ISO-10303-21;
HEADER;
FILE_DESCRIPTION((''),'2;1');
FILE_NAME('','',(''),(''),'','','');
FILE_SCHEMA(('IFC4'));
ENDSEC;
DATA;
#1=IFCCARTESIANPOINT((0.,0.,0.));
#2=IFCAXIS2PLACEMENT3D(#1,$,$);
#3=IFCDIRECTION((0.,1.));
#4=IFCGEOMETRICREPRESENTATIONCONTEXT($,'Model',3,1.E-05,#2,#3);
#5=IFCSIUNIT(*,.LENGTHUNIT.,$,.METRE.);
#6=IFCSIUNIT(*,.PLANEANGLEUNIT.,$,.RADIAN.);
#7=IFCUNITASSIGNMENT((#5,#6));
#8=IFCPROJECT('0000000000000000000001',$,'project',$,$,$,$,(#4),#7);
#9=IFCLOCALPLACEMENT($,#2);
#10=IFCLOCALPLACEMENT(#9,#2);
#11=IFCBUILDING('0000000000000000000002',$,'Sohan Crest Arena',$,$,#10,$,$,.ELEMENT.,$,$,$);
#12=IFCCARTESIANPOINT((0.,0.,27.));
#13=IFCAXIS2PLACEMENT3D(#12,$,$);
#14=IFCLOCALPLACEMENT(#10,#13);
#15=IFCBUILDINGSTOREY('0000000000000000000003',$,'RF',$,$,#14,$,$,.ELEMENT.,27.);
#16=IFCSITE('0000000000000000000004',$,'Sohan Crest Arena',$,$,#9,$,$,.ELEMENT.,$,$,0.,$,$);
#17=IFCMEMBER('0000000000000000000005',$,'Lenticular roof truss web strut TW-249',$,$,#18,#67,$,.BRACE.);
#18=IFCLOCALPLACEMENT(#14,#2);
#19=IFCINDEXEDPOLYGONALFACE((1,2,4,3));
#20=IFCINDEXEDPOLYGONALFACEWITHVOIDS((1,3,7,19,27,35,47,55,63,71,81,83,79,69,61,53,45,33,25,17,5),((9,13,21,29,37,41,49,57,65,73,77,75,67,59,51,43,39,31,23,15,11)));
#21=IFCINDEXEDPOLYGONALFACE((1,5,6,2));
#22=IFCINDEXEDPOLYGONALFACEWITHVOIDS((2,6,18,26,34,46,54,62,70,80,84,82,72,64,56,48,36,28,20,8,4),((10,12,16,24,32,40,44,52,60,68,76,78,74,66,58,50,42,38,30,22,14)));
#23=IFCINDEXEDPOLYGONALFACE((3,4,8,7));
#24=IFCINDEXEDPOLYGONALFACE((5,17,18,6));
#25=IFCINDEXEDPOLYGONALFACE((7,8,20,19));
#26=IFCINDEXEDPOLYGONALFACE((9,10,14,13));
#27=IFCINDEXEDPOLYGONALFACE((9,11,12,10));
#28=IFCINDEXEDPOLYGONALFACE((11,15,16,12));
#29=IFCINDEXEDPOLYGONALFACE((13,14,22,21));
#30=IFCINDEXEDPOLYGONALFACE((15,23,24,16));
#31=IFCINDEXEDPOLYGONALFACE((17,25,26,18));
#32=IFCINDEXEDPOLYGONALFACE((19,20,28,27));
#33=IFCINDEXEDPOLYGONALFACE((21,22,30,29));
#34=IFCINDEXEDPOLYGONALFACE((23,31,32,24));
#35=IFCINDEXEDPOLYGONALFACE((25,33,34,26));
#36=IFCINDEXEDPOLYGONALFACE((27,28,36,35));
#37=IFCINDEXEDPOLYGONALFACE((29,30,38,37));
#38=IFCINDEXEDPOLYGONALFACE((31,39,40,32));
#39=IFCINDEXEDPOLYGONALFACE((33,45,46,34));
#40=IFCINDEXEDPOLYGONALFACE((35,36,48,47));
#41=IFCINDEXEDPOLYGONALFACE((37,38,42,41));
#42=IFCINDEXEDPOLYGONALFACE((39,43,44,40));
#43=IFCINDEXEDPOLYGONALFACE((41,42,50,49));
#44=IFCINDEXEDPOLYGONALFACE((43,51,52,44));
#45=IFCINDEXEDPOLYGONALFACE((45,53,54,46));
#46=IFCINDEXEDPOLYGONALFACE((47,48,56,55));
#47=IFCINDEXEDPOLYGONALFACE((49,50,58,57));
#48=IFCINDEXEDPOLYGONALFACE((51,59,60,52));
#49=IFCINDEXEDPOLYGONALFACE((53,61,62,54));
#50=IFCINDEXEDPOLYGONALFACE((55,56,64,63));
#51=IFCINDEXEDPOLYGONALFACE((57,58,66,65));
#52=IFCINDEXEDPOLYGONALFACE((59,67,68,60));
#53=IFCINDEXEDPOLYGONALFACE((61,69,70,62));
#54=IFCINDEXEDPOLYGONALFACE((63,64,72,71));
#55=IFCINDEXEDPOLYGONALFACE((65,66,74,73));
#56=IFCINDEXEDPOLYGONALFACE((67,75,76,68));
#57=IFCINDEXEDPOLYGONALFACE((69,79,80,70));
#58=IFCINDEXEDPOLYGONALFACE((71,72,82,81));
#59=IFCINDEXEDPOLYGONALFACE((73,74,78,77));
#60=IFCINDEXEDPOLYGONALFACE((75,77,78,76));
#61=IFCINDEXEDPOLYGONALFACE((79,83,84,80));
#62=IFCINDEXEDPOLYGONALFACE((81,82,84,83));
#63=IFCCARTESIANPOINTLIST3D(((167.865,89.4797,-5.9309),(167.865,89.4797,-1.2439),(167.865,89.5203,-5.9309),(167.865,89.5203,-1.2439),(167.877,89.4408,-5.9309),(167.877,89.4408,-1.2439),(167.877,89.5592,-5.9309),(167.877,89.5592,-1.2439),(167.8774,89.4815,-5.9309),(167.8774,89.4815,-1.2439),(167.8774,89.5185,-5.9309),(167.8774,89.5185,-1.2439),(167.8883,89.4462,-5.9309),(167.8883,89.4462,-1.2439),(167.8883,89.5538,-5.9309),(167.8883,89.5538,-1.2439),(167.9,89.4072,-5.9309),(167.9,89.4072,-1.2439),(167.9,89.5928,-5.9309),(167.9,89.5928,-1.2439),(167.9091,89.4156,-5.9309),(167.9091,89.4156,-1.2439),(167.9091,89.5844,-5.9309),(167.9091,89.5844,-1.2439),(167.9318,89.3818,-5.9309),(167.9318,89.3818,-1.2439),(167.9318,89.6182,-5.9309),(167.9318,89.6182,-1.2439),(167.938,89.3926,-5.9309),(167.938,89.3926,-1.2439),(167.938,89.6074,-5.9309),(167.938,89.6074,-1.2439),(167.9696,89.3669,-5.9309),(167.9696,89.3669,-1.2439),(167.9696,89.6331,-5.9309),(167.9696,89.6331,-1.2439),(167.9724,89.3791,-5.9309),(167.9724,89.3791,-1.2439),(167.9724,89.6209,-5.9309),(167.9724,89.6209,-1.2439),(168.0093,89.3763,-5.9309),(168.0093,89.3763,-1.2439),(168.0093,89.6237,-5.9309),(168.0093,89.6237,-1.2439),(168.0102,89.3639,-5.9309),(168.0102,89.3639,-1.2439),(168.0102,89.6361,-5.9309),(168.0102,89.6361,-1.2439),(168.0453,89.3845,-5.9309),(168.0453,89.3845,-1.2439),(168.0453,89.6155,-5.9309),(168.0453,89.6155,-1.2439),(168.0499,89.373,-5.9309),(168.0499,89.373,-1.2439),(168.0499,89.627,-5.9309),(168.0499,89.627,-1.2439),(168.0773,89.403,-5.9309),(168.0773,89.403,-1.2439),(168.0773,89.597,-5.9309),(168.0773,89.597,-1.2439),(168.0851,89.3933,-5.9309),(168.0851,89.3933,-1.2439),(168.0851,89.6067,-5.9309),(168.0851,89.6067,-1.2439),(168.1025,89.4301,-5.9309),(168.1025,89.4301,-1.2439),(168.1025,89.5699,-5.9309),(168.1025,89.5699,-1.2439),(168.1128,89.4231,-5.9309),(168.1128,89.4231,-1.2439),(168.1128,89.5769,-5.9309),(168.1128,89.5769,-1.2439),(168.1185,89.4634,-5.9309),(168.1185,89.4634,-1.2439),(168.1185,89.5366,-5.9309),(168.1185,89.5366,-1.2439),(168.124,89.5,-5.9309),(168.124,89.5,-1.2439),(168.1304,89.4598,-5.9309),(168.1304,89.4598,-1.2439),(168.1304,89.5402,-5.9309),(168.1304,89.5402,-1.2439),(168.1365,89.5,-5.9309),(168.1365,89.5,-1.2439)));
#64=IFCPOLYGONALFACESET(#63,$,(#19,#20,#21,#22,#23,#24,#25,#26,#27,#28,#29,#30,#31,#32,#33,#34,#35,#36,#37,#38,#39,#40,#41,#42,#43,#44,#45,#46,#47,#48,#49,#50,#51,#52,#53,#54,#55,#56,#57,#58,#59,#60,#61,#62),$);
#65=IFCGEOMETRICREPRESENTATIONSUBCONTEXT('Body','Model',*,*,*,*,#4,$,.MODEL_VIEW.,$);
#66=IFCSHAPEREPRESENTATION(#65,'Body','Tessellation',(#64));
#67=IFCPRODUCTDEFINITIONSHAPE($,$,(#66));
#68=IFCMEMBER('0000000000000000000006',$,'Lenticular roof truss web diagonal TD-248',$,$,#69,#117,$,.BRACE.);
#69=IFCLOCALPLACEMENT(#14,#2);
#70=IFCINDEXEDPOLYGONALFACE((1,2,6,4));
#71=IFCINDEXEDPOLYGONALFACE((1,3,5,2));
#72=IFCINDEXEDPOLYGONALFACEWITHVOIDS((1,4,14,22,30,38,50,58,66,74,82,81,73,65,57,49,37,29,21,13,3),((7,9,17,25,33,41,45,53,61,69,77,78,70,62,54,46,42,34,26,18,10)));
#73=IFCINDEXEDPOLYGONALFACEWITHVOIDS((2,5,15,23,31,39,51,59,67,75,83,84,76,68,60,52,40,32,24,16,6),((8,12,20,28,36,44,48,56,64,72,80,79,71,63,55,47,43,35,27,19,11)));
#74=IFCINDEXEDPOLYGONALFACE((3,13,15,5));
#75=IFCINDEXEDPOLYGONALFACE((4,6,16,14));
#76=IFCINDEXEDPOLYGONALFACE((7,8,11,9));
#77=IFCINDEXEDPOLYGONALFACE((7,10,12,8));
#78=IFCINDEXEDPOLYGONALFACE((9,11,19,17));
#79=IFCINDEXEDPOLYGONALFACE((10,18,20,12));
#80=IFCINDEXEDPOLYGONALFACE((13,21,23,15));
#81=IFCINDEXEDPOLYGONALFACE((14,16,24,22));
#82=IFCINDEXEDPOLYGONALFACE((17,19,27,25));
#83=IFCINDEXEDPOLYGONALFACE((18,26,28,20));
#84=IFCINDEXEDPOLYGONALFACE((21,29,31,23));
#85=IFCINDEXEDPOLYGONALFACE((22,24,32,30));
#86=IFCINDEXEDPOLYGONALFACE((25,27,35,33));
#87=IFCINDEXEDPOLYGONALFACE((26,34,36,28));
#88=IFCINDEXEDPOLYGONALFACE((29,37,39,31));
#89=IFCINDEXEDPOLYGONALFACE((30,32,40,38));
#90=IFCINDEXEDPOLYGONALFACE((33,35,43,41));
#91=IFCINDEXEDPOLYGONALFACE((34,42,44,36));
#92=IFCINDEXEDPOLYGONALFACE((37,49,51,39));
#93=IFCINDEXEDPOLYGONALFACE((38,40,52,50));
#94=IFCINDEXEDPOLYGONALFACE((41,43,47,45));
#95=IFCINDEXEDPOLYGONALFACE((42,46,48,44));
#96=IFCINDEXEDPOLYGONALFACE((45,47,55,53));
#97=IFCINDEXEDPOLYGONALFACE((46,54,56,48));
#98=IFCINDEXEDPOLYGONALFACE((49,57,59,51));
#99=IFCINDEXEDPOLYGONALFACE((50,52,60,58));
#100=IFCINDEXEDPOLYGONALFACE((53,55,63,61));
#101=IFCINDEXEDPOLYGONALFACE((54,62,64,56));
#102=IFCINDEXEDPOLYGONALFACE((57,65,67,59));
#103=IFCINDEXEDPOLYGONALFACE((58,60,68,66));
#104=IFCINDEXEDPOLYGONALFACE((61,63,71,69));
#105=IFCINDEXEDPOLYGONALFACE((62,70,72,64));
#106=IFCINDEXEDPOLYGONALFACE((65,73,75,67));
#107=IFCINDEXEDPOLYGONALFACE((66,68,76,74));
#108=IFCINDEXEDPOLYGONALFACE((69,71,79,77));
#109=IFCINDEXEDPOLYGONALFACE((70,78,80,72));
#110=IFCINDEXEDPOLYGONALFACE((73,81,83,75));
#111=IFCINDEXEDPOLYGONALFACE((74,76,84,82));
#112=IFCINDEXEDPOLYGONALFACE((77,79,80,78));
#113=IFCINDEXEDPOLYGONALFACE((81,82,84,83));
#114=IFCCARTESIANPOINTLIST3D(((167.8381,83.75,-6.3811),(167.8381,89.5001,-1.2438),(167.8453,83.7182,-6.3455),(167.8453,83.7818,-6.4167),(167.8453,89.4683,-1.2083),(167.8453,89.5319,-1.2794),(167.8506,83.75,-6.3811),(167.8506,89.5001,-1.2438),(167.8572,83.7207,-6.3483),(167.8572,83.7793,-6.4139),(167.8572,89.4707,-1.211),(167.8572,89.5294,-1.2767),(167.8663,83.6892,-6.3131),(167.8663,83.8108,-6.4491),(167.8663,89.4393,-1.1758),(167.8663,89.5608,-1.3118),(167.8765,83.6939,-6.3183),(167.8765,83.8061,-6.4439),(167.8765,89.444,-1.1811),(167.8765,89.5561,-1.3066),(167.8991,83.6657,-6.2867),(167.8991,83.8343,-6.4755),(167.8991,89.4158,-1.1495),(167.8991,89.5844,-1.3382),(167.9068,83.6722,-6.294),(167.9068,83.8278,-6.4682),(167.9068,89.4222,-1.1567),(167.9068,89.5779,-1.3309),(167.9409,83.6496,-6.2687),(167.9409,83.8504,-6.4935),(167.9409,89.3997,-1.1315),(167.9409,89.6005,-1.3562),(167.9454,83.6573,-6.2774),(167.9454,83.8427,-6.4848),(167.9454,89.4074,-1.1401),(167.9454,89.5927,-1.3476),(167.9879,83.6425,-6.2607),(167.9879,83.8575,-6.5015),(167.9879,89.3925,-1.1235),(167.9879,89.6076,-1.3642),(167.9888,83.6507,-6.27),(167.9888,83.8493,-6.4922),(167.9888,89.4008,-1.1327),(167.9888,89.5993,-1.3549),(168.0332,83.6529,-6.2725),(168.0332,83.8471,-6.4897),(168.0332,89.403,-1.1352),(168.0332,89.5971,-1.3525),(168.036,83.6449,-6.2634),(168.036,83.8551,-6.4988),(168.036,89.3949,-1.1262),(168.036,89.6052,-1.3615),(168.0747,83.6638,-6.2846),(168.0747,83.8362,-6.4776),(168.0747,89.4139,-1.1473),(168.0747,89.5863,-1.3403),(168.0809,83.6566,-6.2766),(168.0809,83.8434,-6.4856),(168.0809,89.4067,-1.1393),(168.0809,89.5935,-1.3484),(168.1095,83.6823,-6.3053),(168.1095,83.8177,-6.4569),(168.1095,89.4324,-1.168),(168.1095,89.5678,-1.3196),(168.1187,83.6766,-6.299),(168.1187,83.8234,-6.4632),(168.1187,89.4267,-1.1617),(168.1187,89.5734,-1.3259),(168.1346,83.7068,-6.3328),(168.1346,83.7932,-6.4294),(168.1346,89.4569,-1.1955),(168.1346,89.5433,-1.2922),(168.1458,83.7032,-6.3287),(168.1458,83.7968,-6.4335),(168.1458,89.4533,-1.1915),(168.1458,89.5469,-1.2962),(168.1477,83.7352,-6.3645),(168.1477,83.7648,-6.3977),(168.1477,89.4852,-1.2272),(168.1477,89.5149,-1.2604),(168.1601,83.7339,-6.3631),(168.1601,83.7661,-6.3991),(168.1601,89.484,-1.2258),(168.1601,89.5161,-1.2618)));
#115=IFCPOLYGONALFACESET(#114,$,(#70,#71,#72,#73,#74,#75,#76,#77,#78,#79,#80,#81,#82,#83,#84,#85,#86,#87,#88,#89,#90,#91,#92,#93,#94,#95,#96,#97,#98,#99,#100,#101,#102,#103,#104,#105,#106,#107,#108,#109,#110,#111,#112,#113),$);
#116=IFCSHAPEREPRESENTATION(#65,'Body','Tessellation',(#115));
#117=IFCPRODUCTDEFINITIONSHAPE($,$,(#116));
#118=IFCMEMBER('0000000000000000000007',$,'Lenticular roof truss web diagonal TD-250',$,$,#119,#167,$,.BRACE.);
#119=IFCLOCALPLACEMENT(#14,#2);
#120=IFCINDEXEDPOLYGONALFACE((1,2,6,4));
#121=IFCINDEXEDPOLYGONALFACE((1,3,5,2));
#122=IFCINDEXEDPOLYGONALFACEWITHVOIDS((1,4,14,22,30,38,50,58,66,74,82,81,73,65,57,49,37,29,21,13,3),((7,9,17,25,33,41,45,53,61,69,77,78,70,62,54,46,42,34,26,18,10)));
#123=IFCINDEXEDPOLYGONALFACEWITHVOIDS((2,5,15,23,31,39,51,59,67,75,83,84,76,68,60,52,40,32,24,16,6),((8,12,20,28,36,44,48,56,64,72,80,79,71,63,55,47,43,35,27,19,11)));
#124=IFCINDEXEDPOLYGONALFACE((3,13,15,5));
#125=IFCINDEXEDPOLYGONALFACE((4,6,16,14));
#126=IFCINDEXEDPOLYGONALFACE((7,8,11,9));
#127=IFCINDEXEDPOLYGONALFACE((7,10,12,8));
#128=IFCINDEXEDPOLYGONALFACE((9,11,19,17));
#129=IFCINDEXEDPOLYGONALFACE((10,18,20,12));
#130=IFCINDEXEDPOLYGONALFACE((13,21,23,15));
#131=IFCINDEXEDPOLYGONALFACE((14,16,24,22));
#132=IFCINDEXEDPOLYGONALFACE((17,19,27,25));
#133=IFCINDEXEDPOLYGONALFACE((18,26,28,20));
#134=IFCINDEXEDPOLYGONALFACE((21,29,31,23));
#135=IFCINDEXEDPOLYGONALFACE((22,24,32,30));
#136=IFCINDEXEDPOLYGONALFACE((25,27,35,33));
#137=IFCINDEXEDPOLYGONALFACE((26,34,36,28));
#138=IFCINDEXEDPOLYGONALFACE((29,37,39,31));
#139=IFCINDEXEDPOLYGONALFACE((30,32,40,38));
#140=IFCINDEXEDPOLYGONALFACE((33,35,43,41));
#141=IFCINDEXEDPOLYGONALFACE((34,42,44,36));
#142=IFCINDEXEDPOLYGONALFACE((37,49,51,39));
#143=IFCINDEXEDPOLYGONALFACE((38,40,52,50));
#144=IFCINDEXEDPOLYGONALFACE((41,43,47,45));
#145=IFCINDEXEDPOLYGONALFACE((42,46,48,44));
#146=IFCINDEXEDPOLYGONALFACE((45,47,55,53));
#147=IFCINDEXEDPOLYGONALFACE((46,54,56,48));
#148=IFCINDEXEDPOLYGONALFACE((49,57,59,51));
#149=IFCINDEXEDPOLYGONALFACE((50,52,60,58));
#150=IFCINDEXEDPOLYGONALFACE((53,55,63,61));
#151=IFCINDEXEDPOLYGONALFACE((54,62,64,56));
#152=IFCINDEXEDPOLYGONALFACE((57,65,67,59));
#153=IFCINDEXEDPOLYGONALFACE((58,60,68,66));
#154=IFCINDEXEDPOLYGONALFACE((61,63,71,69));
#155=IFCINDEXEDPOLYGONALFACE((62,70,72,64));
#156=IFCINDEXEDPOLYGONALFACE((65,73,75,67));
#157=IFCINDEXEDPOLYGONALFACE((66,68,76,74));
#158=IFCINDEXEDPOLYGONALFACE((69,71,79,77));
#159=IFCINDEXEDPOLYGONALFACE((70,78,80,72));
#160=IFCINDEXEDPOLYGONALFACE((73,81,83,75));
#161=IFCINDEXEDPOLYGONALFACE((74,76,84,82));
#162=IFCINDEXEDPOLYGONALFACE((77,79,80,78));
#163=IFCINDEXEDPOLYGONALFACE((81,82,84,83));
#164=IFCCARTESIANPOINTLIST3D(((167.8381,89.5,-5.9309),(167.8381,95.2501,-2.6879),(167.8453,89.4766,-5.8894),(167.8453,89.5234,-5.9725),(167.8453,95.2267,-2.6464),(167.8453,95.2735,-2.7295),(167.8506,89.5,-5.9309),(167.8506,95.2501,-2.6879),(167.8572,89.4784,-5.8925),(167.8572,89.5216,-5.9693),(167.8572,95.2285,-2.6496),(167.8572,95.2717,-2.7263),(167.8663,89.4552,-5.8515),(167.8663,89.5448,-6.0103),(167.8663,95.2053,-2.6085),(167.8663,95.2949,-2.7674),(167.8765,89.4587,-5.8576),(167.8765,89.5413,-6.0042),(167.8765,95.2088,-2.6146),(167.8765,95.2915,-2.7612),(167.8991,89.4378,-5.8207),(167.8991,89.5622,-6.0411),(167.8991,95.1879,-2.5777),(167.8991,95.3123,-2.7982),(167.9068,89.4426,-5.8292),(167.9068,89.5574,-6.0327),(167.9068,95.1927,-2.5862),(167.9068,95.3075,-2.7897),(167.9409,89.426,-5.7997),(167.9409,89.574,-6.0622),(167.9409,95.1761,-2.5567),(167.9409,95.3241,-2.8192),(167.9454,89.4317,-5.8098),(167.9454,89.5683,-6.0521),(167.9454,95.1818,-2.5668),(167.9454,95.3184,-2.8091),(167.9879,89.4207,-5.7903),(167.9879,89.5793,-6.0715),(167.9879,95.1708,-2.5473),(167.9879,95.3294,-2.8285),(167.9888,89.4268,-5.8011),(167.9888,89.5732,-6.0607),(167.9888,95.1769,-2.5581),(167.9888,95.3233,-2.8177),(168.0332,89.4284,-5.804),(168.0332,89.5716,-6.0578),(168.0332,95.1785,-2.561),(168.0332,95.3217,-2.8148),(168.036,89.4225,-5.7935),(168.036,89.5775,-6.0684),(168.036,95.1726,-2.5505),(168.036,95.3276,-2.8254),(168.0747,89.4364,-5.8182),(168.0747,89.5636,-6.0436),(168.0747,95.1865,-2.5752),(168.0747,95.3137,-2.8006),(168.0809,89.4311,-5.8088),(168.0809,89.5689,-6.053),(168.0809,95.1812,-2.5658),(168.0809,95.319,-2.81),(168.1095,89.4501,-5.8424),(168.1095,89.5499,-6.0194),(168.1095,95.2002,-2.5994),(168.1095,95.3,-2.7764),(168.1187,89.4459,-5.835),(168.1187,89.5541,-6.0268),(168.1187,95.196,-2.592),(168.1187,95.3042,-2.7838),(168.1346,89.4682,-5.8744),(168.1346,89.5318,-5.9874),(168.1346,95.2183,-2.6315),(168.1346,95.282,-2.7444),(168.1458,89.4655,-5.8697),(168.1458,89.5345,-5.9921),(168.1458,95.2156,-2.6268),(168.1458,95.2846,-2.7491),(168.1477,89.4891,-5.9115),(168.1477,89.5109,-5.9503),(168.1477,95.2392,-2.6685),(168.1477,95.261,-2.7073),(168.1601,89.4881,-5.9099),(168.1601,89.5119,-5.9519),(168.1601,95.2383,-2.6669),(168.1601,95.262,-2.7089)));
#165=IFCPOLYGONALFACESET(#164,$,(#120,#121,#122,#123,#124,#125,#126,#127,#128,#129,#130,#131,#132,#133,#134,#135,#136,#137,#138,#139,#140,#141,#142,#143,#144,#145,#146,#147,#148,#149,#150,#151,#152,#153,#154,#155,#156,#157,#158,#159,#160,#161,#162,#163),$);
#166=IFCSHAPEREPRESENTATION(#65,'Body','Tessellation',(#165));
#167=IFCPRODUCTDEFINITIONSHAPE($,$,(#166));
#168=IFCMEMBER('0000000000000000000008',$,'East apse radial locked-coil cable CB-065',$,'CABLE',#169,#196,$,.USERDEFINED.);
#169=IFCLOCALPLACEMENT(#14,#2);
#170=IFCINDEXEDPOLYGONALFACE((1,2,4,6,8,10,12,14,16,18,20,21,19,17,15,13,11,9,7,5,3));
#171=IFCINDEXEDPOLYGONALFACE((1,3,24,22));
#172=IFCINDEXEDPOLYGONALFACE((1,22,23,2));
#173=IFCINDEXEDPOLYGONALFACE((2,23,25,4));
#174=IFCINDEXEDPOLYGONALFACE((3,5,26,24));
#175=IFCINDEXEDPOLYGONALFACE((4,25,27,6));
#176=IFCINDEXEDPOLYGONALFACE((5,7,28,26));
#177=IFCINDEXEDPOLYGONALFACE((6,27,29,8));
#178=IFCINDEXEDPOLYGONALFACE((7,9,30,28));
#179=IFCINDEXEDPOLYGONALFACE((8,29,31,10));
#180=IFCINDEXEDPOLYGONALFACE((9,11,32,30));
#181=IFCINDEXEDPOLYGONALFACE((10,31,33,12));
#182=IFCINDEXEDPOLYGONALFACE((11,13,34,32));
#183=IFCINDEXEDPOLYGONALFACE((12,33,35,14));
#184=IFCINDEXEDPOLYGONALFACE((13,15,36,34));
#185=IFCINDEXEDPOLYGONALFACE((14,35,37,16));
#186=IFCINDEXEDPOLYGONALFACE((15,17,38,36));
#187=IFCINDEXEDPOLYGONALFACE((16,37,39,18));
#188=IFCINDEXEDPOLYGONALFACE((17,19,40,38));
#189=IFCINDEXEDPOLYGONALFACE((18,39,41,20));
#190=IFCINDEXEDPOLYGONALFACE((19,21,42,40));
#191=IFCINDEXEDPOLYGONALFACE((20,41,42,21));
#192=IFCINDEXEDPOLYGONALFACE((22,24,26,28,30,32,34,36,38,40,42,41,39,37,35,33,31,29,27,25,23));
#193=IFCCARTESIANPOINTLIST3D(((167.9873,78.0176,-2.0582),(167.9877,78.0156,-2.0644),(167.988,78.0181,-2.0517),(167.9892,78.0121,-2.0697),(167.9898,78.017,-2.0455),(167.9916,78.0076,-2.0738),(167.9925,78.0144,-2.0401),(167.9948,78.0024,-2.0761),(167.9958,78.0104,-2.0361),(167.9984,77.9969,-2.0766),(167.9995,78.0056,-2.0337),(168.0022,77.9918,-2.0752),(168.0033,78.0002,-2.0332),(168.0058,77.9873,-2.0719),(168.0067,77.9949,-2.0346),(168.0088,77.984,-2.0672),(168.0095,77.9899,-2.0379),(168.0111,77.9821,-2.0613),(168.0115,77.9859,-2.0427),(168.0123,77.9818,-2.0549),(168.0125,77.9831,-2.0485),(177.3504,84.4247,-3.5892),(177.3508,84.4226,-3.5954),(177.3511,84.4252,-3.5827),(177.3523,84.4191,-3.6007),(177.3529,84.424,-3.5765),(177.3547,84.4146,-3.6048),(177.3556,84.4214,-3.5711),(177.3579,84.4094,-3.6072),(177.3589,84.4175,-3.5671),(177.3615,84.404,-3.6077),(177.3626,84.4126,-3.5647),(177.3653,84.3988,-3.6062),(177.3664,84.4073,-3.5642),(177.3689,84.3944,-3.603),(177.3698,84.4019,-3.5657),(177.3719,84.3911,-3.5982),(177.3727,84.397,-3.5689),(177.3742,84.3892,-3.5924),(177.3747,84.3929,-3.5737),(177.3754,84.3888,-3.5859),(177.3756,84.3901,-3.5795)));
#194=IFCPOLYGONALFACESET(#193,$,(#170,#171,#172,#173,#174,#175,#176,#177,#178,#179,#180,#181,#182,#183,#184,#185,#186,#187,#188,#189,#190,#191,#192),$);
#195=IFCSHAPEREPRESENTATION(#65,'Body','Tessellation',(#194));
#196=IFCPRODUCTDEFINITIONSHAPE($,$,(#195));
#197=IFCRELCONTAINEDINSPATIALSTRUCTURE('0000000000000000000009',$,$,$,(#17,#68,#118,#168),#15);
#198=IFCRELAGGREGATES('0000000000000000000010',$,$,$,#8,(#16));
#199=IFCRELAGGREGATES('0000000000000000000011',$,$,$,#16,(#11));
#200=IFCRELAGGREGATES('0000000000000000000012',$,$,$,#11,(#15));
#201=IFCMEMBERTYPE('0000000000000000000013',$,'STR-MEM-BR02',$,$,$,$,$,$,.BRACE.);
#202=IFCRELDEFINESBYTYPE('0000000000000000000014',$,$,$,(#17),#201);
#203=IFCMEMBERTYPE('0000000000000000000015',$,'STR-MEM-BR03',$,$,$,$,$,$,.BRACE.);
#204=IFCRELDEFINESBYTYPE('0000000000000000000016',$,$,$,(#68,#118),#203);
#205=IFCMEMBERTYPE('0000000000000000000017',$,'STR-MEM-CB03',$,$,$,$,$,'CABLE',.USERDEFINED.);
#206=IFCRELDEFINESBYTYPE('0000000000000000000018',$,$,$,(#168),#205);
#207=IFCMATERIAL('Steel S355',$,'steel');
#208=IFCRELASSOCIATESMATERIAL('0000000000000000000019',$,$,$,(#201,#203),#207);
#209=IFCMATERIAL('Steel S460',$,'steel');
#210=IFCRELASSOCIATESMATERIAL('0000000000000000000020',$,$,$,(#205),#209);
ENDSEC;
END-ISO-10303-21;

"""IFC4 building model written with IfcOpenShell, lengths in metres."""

from ifc_helpers import new_model, si_unit, direction, frame, origin, origin_2d, place, context, subcontext, project, spatial, circle, hollow_circle, extrude, material, material_profile, profile_set, type_object, element, save


model = new_model("IFC4")

# Units and contexts
model_context = context("Model", 3, precision=1e-05, world=origin(), true_north=direction((0.0, 1.0)))
body_context = subcontext(model_context, "Body", "Model", "MODEL_VIEW")
ifc_project = project(units=[si_unit("LENGTHUNIT", "METRE"), si_unit("PLANEANGLEUNIT", "RADIAN")], contexts=[model_context])

# Site, building, storey
site_placement = place(None, origin())
site = spatial("IfcSite", under=ifc_project, at=site_placement, Name="Sohan Crest Arena", CompositionType="ELEMENT", RefElevation=0.0)
building_placement = place(site_placement, origin())
building = spatial("IfcBuilding", under=site, at=building_placement, Name="Sohan Crest Arena", CompositionType="ELEMENT")
storey_placement = place(building_placement, frame((0.0, 0.0, 27.0)))
storey = spatial("IfcBuildingStorey", under=building, at=storey_placement, Name="RF", CompositionType="ELEMENT", Elevation=27.0)

# Shared definitions
ifc_material_1 = material(Name="Steel S355", Category="steel")

# Members
ifc_material_profile_1 = material_profile(ifc_material_1, hollow_circle(Radius=0.1365, WallThickness=0.0125, at=origin_2d()), Name="CHS 273x12.5")
ifc_profile_set_1 = profile_set([ifc_material_profile_1], Name="Steel S355")
member_type_1 = type_object("IfcMemberType", Name="STR-MEM-BR02", PredefinedType="BRACE", material=ifc_profile_set_1)
member_1_placement = place(storey_placement, frame((168.0, 89.5, -5.9309), z_axis=(0.0, 0.0, 1.0), x_axis=(1.0, 0.0, 0.0)))
element("IfcMember", 1, at=member_1_placement, inside=storey, type_object=member_type_1, Name="Lenticular roof truss web strut TW-249", PredefinedType="BRACE", context=body_context, shape_type="SweptSolid", body=[
    extrude(hollow_circle(Radius=0.1365, WallThickness=0.0125, at=origin_2d()), origin(), (0.0, 0.0, 1.0), 4.687),
])
ifc_material_profile_2 = material_profile(ifc_material_1, hollow_circle(Radius=0.1619, WallThickness=0.0125, at=origin_2d()), Name="CHS 323.9x12.5")
ifc_profile_set_2 = profile_set([ifc_material_profile_2], Name="Steel S355")
member_type_2 = type_object("IfcMemberType", Name="STR-MEM-BR03", PredefinedType="BRACE", material=ifc_profile_set_2)
member_2_placement = place(storey_placement, frame((168.0, 83.75, -6.3811), z_axis=(0.0, 0.745726, 0.666252), x_axis=(-1.0, 0.0, 0.0)))
element("IfcMember", 2, at=member_2_placement, inside=storey, type_object=member_type_2, Name="Lenticular roof truss web diagonal TD-248", PredefinedType="BRACE", context=body_context, shape_type="SweptSolid", body=[
    extrude(hollow_circle(Radius=0.1619, WallThickness=0.0125, at=origin_2d()), origin(), (0.0, 0.0, 1.0), 7.7107),
])
member_3_placement = place(storey_placement, frame((168.0, 89.5, -5.9309), z_axis=(0.0, 0.871022, 0.491244), x_axis=(-1.0, 0.0, 0.0)))
element("IfcMember", 3, at=member_3_placement, inside=storey, type_object=member_type_2, Name="Lenticular roof truss web diagonal TD-250", PredefinedType="BRACE", context=body_context, shape_type="SweptSolid", body=[
    extrude(hollow_circle(Radius=0.1619, WallThickness=0.0125, at=origin_2d()), origin(), (0.0, 0.0, 1.0), 6.6016),
])
ifc_material_2 = material(Name="Steel S460", Category="steel")
ifc_material_profile_3 = material_profile(ifc_material_2, circle(Radius=0.022, at=origin_2d()), Name="FLC D44")
ifc_profile_set_3 = profile_set([ifc_material_profile_3], Name="Steel S460")
member_type_3 = type_object("IfcMemberType", Name="STR-MEM-CB03", ElementType="CABLE", PredefinedType="USERDEFINED", material=ifc_profile_set_3)
member_4_placement = place(storey_placement, frame((177.363, 84.407, -3.5859), z_axis=(-0.817865, -0.559653, 0.133734), x_axis=(0.564726, -0.825279, 0.0)))
element("IfcMember", 4, at=member_4_placement, inside=storey, type_object=member_type_3, Name="East apse radial locked-coil cable CB-065", ObjectType="CABLE", PredefinedType="USERDEFINED", context=body_context, shape_type="SweptSolid", body=[
    extrude(circle(Radius=0.022, at=origin_2d()), origin(), (0.0, 0.0, 1.0), 11.4482),
])

save(model, "model.ifc")
